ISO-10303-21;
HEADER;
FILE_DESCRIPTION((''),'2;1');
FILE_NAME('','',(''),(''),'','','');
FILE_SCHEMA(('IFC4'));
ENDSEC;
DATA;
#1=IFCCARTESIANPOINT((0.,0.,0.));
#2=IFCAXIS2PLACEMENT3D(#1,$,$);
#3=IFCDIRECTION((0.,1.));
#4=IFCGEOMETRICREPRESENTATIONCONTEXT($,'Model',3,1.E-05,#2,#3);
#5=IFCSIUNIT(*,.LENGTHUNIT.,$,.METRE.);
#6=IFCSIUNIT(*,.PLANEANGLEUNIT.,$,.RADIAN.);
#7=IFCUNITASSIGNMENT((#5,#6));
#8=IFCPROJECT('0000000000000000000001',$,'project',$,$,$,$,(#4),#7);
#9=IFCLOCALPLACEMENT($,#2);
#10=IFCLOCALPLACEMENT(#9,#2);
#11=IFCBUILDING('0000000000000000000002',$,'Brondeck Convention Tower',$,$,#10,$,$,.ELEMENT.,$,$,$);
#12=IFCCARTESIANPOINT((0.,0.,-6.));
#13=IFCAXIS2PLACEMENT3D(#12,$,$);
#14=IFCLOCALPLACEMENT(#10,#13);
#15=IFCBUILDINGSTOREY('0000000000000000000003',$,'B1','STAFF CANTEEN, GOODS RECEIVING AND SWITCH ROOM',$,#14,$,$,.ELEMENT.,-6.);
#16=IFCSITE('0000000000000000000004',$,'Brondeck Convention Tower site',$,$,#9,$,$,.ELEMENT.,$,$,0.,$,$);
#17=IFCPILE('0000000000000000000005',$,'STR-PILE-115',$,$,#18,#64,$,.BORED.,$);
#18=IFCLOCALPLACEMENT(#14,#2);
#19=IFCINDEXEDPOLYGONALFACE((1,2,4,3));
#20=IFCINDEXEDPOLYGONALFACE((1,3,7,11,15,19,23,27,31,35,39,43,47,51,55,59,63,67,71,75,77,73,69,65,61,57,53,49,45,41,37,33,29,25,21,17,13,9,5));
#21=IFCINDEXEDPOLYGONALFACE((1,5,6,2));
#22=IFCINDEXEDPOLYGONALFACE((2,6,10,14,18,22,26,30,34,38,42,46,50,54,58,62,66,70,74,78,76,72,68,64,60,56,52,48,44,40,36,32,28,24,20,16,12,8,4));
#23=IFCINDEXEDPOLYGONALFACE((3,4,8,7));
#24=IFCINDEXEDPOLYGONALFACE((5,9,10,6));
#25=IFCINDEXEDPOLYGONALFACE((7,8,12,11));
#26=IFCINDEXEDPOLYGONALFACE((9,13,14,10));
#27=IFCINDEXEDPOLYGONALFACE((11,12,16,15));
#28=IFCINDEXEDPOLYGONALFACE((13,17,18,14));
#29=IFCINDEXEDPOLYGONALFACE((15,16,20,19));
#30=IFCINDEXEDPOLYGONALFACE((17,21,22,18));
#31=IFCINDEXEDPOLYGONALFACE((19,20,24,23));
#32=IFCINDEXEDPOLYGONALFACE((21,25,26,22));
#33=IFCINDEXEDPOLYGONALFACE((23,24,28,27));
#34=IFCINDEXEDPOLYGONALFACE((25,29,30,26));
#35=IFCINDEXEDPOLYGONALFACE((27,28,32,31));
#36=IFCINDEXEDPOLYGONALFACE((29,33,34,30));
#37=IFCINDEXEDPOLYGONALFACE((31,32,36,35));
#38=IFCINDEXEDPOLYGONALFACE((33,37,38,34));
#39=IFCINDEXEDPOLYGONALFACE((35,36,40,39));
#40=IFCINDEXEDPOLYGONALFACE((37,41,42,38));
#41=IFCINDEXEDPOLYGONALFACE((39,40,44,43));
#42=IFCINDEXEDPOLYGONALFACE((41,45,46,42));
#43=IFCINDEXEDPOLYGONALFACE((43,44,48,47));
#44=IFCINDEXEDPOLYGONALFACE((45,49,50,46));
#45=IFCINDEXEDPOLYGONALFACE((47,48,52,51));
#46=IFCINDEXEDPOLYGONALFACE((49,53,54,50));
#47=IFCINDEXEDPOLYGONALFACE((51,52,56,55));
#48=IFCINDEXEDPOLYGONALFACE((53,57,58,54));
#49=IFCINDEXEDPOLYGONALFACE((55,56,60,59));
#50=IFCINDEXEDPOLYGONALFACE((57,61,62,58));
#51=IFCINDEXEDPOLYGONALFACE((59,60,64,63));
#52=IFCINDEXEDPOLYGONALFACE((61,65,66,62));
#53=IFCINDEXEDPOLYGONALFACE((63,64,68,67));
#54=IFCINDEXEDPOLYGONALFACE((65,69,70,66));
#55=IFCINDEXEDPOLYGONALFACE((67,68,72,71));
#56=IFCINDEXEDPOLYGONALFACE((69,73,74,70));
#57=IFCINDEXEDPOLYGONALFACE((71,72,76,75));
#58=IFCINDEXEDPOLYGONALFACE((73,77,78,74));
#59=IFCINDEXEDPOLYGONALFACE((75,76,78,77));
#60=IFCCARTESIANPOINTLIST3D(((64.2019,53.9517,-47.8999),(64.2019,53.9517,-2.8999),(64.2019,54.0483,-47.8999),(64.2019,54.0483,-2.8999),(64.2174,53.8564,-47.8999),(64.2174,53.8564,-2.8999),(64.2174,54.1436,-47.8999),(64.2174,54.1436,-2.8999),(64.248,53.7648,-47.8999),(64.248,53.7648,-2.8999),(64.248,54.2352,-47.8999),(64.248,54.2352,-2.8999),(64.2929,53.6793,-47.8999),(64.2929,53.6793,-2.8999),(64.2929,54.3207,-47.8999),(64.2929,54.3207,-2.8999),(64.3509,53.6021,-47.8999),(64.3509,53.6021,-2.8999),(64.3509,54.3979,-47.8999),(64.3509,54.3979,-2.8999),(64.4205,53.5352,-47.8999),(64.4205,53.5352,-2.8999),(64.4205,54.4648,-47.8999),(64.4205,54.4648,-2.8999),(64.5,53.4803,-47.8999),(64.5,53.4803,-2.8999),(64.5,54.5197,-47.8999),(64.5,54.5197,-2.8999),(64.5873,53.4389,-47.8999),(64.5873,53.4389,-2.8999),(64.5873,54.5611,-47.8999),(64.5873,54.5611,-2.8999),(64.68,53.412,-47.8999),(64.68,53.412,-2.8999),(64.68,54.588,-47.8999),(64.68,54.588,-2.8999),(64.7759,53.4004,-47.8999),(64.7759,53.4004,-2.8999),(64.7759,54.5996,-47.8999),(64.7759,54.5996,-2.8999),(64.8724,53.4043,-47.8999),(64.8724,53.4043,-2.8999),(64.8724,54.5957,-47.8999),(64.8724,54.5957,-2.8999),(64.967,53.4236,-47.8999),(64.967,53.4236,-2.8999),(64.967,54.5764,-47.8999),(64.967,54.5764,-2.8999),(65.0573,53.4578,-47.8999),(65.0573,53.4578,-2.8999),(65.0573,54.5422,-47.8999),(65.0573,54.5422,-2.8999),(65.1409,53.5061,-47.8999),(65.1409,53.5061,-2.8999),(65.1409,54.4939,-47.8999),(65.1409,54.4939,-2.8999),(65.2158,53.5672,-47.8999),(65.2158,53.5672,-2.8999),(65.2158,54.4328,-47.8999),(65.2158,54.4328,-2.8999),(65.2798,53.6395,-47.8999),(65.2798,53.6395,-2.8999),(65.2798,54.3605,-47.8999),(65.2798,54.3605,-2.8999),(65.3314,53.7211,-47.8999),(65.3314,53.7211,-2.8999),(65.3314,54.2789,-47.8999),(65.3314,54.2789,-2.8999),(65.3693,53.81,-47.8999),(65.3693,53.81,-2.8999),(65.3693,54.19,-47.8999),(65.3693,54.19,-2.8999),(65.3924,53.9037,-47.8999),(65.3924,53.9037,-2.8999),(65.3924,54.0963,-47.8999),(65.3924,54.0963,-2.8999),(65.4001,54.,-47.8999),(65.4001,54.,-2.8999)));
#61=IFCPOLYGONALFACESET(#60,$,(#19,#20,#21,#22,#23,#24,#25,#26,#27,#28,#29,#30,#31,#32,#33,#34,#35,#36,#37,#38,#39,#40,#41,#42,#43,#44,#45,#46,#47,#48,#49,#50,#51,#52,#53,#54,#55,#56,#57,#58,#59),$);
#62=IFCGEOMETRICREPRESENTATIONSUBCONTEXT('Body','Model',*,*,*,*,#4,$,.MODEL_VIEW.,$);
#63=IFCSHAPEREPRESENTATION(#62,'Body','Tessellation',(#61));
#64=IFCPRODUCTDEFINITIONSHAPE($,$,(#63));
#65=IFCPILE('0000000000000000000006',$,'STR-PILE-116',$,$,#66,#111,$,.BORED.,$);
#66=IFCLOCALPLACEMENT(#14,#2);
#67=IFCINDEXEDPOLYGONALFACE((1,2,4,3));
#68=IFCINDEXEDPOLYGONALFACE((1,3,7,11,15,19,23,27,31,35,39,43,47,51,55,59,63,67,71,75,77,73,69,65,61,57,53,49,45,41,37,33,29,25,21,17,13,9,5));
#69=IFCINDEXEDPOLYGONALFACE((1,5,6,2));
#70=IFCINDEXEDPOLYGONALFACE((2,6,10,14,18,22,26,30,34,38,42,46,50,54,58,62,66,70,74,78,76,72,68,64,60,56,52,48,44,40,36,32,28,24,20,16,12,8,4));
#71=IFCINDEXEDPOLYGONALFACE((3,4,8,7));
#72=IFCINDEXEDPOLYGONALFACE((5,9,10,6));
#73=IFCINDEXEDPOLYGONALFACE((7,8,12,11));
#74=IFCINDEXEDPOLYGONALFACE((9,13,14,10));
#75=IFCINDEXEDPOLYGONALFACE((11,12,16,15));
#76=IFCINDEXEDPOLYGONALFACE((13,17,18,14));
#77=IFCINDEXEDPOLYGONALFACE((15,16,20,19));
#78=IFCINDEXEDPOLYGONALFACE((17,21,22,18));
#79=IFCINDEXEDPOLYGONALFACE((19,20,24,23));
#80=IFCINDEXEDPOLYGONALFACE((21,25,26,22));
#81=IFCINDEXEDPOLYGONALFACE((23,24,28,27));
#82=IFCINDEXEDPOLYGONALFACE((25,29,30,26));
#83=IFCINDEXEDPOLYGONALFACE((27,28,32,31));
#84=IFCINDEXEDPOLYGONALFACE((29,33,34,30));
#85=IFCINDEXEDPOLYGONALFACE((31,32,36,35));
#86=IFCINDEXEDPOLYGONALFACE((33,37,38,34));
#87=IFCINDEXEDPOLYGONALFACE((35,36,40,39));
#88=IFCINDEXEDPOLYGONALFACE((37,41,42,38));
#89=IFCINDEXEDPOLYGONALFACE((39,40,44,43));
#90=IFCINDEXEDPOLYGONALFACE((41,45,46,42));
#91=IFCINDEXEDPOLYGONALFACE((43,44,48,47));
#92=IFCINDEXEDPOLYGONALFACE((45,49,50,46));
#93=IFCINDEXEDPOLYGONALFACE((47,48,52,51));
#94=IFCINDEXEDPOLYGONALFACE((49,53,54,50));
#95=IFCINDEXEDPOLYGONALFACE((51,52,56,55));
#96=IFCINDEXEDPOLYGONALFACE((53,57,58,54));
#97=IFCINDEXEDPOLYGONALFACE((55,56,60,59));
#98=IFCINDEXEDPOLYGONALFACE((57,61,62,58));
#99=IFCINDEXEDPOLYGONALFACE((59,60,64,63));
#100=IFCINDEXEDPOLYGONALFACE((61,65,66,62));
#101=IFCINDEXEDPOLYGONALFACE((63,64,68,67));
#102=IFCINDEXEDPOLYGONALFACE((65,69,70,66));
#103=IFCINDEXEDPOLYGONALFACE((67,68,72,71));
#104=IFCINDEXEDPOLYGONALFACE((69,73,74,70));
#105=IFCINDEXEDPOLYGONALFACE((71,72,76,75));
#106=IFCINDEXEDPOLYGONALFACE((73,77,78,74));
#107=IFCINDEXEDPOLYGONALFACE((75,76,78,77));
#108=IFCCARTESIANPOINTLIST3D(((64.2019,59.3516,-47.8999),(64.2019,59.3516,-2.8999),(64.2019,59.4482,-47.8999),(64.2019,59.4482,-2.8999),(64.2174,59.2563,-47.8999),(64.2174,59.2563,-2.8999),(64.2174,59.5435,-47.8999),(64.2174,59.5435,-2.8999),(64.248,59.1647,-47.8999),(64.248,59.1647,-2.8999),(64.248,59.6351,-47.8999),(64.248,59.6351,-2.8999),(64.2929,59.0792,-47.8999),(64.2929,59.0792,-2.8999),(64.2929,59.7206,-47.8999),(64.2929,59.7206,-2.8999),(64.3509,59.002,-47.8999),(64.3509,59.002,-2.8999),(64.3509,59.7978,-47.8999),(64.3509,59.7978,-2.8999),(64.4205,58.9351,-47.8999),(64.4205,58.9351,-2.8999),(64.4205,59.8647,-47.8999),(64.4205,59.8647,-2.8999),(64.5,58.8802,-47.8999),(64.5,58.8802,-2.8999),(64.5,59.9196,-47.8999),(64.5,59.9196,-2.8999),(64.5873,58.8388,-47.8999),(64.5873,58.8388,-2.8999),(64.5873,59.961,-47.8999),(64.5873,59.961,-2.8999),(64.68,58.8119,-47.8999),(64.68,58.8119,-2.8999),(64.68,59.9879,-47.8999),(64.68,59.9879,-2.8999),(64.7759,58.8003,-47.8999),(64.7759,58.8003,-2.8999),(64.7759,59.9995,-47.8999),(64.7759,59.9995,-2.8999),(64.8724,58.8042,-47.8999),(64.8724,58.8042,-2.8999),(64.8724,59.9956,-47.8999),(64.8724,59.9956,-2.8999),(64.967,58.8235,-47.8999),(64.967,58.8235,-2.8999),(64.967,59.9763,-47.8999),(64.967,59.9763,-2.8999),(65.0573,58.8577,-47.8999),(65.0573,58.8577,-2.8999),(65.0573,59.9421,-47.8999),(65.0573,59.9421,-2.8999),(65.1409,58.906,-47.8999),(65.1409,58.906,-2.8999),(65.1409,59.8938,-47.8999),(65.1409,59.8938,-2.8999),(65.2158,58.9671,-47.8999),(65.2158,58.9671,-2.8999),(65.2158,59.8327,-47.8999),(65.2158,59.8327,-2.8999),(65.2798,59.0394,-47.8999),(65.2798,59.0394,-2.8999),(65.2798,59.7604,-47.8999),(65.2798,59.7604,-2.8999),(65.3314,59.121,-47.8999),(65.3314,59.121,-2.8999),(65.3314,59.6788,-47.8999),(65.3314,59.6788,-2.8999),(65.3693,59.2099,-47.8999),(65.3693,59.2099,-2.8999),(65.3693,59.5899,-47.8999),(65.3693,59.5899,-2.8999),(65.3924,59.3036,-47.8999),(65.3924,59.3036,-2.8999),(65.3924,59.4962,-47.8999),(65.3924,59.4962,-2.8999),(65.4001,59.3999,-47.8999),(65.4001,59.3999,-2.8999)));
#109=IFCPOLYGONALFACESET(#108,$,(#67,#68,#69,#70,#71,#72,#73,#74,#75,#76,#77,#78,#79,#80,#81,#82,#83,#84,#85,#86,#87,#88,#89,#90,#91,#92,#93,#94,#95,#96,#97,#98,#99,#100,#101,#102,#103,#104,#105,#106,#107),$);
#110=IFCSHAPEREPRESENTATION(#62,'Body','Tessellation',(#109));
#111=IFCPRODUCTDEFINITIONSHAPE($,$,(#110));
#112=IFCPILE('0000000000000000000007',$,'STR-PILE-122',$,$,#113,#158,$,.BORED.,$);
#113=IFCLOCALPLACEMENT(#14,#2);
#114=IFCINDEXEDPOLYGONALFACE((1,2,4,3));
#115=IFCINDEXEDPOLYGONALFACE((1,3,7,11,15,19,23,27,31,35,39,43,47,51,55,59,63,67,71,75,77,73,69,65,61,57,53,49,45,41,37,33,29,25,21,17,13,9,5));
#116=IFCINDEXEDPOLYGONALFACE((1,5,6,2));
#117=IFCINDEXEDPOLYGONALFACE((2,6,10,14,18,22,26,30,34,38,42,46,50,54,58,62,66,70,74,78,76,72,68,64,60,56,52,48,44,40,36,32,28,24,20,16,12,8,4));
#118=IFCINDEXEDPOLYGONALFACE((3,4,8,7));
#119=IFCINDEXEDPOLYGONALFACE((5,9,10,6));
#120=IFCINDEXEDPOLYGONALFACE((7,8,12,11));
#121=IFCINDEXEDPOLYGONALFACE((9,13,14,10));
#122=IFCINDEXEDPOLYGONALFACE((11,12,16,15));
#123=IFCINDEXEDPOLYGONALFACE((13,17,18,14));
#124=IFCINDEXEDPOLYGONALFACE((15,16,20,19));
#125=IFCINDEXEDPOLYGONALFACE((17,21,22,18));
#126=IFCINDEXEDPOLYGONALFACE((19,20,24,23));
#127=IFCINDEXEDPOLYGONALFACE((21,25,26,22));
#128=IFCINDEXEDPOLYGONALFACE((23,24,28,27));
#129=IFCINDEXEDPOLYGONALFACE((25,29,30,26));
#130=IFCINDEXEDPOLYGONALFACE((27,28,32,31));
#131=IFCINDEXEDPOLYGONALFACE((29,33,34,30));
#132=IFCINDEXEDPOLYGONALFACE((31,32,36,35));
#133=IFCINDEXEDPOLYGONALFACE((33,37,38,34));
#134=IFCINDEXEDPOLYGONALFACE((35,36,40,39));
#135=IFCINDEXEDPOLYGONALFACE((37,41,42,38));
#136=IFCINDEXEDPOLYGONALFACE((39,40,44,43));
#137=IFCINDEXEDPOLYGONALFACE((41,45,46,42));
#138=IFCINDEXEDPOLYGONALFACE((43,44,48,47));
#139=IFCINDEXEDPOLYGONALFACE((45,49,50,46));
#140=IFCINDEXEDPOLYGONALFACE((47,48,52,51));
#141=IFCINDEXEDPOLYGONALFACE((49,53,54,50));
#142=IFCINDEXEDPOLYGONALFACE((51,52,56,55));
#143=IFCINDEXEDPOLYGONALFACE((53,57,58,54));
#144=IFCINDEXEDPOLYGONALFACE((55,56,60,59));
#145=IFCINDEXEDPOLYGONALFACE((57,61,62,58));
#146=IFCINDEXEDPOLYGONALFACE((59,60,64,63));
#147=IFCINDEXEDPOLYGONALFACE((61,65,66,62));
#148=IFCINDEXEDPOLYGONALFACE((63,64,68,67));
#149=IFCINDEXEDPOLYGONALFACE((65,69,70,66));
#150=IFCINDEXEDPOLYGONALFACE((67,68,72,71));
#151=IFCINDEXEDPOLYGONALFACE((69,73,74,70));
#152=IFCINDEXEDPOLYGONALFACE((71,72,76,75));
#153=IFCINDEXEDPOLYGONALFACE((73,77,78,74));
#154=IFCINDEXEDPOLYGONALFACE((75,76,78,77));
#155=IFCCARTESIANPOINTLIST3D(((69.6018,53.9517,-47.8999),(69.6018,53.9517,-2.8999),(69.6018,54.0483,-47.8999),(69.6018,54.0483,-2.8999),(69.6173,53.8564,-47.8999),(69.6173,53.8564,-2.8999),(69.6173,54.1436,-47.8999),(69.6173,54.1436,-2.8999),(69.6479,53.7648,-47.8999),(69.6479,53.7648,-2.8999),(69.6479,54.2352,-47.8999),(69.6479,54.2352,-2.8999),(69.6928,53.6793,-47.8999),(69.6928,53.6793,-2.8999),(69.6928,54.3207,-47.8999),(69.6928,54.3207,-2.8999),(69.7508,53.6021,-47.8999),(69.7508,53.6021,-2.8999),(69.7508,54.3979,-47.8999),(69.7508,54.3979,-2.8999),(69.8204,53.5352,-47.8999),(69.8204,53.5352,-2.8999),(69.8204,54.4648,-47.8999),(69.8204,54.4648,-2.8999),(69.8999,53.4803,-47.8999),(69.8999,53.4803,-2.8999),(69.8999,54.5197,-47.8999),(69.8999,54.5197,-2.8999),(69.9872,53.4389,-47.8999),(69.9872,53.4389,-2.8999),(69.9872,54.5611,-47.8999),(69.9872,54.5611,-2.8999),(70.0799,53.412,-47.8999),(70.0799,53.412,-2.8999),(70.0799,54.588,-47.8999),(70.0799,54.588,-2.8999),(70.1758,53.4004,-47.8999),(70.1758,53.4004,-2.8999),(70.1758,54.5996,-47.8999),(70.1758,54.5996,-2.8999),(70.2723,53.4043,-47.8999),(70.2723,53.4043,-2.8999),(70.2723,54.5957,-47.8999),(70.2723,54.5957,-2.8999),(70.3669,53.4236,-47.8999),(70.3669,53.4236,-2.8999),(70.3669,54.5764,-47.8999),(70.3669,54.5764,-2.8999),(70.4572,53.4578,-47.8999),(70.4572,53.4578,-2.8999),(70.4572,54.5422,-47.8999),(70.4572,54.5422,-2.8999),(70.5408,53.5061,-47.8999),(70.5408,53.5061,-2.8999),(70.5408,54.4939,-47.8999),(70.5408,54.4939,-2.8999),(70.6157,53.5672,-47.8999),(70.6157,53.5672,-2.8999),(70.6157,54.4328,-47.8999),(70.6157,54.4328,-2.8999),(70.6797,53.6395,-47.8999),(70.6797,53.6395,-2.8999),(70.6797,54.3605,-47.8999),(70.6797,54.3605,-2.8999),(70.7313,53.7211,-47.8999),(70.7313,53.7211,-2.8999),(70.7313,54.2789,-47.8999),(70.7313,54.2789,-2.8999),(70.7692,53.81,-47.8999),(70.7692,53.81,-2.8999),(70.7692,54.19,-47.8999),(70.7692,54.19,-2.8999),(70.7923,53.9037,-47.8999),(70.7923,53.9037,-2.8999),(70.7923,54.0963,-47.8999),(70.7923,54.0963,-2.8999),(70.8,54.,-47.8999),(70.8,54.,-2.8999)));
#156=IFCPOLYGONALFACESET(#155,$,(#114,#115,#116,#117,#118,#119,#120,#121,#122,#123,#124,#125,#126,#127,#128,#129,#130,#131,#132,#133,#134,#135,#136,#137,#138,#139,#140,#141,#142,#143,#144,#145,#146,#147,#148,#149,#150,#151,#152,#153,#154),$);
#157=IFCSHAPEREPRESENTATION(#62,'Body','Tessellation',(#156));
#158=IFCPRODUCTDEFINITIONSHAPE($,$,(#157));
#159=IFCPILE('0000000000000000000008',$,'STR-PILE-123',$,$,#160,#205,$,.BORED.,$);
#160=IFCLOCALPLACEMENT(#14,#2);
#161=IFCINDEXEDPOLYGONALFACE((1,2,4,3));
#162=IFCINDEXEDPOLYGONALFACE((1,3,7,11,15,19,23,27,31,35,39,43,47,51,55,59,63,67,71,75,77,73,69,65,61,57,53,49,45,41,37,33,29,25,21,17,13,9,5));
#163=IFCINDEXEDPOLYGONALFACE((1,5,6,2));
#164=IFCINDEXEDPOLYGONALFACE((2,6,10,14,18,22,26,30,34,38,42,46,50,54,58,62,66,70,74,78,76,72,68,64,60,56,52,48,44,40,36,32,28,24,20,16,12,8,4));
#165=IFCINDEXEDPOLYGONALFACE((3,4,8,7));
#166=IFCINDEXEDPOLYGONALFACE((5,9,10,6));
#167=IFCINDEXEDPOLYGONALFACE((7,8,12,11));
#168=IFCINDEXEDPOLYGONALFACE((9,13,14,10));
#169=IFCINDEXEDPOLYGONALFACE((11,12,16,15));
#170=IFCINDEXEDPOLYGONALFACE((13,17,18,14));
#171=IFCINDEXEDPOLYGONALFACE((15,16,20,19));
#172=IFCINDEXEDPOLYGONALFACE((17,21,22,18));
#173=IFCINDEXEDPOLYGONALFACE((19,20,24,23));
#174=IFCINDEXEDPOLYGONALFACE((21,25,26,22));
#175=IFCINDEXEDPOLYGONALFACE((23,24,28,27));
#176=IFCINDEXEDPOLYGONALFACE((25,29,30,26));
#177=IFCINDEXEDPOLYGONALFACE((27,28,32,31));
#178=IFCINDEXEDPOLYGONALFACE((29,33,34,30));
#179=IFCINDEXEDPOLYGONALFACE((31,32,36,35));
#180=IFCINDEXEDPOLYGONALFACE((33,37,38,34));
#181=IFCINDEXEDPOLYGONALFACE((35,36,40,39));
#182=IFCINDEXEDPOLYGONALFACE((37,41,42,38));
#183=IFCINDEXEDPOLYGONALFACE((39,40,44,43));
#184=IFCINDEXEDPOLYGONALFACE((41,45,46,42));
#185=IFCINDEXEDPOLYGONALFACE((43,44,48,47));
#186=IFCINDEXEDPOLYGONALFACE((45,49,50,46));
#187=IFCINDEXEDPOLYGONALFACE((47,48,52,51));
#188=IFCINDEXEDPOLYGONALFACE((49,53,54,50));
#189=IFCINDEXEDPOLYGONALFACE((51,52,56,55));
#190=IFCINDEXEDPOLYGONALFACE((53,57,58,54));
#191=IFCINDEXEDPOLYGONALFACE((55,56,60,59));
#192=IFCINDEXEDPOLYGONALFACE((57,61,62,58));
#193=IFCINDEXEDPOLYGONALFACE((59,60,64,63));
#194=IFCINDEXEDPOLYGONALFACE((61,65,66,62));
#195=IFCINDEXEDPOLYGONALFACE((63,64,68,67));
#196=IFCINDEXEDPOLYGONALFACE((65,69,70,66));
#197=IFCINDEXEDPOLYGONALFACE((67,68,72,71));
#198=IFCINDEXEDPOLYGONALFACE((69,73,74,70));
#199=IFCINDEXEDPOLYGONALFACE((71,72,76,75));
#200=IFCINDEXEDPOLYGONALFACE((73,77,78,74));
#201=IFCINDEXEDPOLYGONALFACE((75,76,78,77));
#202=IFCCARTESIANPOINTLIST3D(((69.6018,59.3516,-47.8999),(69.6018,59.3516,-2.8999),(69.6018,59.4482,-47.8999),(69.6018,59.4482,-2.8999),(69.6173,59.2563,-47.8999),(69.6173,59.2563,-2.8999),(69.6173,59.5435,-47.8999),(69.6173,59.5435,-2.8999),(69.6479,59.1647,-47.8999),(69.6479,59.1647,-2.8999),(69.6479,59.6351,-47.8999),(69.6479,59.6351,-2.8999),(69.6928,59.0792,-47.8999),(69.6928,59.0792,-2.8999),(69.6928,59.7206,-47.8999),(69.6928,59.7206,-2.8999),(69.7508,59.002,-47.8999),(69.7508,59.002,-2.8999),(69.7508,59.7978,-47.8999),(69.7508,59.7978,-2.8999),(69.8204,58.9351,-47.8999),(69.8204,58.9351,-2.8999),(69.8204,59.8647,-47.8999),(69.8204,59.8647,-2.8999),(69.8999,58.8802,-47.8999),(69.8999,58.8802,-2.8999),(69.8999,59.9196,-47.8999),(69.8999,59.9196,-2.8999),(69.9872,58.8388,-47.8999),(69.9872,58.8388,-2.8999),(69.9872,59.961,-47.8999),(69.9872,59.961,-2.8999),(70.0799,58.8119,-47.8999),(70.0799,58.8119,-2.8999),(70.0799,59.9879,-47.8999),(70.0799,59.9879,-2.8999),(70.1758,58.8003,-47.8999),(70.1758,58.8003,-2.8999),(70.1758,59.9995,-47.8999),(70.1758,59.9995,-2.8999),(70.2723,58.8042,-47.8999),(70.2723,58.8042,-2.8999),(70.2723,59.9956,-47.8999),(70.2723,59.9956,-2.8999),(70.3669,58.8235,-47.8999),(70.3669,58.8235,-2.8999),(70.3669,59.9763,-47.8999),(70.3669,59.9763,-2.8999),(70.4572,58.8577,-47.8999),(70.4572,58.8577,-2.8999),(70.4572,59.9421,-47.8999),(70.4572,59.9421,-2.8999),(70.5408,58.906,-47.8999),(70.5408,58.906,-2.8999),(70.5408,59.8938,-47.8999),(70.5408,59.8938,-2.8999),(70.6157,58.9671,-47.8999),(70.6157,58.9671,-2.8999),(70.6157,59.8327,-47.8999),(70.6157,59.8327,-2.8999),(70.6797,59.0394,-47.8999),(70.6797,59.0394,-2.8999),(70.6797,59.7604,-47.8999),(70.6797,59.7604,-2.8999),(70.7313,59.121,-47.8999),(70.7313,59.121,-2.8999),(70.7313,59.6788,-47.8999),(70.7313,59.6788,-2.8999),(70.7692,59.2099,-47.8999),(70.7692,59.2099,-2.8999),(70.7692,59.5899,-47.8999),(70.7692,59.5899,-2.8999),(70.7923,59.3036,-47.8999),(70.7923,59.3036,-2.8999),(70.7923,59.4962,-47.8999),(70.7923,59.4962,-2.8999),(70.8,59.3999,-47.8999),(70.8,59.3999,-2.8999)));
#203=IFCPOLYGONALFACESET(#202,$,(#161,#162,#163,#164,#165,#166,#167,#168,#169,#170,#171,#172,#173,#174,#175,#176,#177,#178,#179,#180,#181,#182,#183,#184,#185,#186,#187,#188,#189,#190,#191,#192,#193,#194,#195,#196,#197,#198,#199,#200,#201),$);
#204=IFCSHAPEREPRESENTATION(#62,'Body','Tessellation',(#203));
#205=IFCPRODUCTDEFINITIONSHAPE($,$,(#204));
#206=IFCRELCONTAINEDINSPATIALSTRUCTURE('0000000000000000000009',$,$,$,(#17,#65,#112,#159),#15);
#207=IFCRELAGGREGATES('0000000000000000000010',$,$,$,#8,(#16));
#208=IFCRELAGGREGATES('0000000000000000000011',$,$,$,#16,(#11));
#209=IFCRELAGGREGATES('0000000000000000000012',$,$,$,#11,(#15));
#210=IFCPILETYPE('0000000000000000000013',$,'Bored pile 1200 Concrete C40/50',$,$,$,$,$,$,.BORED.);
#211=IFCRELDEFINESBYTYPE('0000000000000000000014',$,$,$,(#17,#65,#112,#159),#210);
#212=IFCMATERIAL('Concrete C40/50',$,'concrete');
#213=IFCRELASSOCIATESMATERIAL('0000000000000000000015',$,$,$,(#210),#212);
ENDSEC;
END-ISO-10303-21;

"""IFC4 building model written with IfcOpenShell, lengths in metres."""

from ifc_helpers import new_model, si_unit, direction, frame, origin, origin_2d, place, context, subcontext, project, spatial, circle, extrude, material, material_profile, profile_set, type_object, element, save


model = new_model("IFC4")

# Units and contexts
model_context = context("Model", 3, precision=1e-05, world=origin(), true_north=direction((0.0, 1.0)))
body_context = subcontext(model_context, "Body", "Model", "MODEL_VIEW")
ifc_project = project(units=[si_unit("LENGTHUNIT", "METRE"), si_unit("PLANEANGLEUNIT", "RADIAN")], contexts=[model_context])

# Site, building, storey
site_placement = place(None, origin())
site = spatial("IfcSite", under=ifc_project, at=site_placement, Name="Brondeck Convention Tower site", CompositionType="ELEMENT", RefElevation=0.0)
building_placement = place(site_placement, origin())
building = spatial("IfcBuilding", under=site, at=building_placement, Name="Brondeck Convention Tower", CompositionType="ELEMENT")
storey_placement = place(building_placement, frame((0.0, 0.0, -6.0)))
storey = spatial("IfcBuildingStorey", under=building, at=storey_placement, Name="B1", Description="STAFF CANTEEN, GOODS RECEIVING AND SWITCH ROOM", CompositionType="ELEMENT", Elevation=-6.0)

# Piles
ifc_material_1 = material(Name="Concrete C40/50", Category="concrete")
ifc_material_profile_1 = material_profile(ifc_material_1, circle(Radius=0.6001, at=origin_2d()), Name="Bored pile 1200 Concrete C40/50")
ifc_profile_set_1 = profile_set([ifc_material_profile_1], Name="Concrete C40/50")
pile_type = type_object("IfcPileType", Name="Bored pile 1200 Concrete C40/50", PredefinedType="BORED", material=ifc_profile_set_1)
for number, where, z_axis, x_axis, name in (
    (1, (64.8, 54.0, -2.8999), (0.0, 0.0, -1.0), (1.0, 0.0, 0.0), "STR-PILE-115"),
    (2, (64.8, 59.3999, -2.8999), (0.0, 0.0, -1.0), (1.0, 0.0, 0.0), "STR-PILE-116"),
    (3, (70.2, 54.0, -2.8999), (0.0, 0.0, -1.0), (1.0, 0.0, 0.0), "STR-PILE-122"),
    (4, (70.2, 59.3999, -2.8999), (0.0, 0.0, -1.0), (1.0, 0.0, 0.0), "STR-PILE-123"),
):
    element("IfcPile", number, at=place(storey_placement, frame(where, z_axis=z_axis, x_axis=x_axis)), inside=storey, type_object=pile_type, Name=name, PredefinedType="BORED", context=body_context, shape_type="SweptSolid", body=[
        extrude(circle(Radius=0.6001, at=origin_2d()), origin(), (0.0, 0.0, 1.0), 45.0),
    ])

save(model, "model.ifc")
